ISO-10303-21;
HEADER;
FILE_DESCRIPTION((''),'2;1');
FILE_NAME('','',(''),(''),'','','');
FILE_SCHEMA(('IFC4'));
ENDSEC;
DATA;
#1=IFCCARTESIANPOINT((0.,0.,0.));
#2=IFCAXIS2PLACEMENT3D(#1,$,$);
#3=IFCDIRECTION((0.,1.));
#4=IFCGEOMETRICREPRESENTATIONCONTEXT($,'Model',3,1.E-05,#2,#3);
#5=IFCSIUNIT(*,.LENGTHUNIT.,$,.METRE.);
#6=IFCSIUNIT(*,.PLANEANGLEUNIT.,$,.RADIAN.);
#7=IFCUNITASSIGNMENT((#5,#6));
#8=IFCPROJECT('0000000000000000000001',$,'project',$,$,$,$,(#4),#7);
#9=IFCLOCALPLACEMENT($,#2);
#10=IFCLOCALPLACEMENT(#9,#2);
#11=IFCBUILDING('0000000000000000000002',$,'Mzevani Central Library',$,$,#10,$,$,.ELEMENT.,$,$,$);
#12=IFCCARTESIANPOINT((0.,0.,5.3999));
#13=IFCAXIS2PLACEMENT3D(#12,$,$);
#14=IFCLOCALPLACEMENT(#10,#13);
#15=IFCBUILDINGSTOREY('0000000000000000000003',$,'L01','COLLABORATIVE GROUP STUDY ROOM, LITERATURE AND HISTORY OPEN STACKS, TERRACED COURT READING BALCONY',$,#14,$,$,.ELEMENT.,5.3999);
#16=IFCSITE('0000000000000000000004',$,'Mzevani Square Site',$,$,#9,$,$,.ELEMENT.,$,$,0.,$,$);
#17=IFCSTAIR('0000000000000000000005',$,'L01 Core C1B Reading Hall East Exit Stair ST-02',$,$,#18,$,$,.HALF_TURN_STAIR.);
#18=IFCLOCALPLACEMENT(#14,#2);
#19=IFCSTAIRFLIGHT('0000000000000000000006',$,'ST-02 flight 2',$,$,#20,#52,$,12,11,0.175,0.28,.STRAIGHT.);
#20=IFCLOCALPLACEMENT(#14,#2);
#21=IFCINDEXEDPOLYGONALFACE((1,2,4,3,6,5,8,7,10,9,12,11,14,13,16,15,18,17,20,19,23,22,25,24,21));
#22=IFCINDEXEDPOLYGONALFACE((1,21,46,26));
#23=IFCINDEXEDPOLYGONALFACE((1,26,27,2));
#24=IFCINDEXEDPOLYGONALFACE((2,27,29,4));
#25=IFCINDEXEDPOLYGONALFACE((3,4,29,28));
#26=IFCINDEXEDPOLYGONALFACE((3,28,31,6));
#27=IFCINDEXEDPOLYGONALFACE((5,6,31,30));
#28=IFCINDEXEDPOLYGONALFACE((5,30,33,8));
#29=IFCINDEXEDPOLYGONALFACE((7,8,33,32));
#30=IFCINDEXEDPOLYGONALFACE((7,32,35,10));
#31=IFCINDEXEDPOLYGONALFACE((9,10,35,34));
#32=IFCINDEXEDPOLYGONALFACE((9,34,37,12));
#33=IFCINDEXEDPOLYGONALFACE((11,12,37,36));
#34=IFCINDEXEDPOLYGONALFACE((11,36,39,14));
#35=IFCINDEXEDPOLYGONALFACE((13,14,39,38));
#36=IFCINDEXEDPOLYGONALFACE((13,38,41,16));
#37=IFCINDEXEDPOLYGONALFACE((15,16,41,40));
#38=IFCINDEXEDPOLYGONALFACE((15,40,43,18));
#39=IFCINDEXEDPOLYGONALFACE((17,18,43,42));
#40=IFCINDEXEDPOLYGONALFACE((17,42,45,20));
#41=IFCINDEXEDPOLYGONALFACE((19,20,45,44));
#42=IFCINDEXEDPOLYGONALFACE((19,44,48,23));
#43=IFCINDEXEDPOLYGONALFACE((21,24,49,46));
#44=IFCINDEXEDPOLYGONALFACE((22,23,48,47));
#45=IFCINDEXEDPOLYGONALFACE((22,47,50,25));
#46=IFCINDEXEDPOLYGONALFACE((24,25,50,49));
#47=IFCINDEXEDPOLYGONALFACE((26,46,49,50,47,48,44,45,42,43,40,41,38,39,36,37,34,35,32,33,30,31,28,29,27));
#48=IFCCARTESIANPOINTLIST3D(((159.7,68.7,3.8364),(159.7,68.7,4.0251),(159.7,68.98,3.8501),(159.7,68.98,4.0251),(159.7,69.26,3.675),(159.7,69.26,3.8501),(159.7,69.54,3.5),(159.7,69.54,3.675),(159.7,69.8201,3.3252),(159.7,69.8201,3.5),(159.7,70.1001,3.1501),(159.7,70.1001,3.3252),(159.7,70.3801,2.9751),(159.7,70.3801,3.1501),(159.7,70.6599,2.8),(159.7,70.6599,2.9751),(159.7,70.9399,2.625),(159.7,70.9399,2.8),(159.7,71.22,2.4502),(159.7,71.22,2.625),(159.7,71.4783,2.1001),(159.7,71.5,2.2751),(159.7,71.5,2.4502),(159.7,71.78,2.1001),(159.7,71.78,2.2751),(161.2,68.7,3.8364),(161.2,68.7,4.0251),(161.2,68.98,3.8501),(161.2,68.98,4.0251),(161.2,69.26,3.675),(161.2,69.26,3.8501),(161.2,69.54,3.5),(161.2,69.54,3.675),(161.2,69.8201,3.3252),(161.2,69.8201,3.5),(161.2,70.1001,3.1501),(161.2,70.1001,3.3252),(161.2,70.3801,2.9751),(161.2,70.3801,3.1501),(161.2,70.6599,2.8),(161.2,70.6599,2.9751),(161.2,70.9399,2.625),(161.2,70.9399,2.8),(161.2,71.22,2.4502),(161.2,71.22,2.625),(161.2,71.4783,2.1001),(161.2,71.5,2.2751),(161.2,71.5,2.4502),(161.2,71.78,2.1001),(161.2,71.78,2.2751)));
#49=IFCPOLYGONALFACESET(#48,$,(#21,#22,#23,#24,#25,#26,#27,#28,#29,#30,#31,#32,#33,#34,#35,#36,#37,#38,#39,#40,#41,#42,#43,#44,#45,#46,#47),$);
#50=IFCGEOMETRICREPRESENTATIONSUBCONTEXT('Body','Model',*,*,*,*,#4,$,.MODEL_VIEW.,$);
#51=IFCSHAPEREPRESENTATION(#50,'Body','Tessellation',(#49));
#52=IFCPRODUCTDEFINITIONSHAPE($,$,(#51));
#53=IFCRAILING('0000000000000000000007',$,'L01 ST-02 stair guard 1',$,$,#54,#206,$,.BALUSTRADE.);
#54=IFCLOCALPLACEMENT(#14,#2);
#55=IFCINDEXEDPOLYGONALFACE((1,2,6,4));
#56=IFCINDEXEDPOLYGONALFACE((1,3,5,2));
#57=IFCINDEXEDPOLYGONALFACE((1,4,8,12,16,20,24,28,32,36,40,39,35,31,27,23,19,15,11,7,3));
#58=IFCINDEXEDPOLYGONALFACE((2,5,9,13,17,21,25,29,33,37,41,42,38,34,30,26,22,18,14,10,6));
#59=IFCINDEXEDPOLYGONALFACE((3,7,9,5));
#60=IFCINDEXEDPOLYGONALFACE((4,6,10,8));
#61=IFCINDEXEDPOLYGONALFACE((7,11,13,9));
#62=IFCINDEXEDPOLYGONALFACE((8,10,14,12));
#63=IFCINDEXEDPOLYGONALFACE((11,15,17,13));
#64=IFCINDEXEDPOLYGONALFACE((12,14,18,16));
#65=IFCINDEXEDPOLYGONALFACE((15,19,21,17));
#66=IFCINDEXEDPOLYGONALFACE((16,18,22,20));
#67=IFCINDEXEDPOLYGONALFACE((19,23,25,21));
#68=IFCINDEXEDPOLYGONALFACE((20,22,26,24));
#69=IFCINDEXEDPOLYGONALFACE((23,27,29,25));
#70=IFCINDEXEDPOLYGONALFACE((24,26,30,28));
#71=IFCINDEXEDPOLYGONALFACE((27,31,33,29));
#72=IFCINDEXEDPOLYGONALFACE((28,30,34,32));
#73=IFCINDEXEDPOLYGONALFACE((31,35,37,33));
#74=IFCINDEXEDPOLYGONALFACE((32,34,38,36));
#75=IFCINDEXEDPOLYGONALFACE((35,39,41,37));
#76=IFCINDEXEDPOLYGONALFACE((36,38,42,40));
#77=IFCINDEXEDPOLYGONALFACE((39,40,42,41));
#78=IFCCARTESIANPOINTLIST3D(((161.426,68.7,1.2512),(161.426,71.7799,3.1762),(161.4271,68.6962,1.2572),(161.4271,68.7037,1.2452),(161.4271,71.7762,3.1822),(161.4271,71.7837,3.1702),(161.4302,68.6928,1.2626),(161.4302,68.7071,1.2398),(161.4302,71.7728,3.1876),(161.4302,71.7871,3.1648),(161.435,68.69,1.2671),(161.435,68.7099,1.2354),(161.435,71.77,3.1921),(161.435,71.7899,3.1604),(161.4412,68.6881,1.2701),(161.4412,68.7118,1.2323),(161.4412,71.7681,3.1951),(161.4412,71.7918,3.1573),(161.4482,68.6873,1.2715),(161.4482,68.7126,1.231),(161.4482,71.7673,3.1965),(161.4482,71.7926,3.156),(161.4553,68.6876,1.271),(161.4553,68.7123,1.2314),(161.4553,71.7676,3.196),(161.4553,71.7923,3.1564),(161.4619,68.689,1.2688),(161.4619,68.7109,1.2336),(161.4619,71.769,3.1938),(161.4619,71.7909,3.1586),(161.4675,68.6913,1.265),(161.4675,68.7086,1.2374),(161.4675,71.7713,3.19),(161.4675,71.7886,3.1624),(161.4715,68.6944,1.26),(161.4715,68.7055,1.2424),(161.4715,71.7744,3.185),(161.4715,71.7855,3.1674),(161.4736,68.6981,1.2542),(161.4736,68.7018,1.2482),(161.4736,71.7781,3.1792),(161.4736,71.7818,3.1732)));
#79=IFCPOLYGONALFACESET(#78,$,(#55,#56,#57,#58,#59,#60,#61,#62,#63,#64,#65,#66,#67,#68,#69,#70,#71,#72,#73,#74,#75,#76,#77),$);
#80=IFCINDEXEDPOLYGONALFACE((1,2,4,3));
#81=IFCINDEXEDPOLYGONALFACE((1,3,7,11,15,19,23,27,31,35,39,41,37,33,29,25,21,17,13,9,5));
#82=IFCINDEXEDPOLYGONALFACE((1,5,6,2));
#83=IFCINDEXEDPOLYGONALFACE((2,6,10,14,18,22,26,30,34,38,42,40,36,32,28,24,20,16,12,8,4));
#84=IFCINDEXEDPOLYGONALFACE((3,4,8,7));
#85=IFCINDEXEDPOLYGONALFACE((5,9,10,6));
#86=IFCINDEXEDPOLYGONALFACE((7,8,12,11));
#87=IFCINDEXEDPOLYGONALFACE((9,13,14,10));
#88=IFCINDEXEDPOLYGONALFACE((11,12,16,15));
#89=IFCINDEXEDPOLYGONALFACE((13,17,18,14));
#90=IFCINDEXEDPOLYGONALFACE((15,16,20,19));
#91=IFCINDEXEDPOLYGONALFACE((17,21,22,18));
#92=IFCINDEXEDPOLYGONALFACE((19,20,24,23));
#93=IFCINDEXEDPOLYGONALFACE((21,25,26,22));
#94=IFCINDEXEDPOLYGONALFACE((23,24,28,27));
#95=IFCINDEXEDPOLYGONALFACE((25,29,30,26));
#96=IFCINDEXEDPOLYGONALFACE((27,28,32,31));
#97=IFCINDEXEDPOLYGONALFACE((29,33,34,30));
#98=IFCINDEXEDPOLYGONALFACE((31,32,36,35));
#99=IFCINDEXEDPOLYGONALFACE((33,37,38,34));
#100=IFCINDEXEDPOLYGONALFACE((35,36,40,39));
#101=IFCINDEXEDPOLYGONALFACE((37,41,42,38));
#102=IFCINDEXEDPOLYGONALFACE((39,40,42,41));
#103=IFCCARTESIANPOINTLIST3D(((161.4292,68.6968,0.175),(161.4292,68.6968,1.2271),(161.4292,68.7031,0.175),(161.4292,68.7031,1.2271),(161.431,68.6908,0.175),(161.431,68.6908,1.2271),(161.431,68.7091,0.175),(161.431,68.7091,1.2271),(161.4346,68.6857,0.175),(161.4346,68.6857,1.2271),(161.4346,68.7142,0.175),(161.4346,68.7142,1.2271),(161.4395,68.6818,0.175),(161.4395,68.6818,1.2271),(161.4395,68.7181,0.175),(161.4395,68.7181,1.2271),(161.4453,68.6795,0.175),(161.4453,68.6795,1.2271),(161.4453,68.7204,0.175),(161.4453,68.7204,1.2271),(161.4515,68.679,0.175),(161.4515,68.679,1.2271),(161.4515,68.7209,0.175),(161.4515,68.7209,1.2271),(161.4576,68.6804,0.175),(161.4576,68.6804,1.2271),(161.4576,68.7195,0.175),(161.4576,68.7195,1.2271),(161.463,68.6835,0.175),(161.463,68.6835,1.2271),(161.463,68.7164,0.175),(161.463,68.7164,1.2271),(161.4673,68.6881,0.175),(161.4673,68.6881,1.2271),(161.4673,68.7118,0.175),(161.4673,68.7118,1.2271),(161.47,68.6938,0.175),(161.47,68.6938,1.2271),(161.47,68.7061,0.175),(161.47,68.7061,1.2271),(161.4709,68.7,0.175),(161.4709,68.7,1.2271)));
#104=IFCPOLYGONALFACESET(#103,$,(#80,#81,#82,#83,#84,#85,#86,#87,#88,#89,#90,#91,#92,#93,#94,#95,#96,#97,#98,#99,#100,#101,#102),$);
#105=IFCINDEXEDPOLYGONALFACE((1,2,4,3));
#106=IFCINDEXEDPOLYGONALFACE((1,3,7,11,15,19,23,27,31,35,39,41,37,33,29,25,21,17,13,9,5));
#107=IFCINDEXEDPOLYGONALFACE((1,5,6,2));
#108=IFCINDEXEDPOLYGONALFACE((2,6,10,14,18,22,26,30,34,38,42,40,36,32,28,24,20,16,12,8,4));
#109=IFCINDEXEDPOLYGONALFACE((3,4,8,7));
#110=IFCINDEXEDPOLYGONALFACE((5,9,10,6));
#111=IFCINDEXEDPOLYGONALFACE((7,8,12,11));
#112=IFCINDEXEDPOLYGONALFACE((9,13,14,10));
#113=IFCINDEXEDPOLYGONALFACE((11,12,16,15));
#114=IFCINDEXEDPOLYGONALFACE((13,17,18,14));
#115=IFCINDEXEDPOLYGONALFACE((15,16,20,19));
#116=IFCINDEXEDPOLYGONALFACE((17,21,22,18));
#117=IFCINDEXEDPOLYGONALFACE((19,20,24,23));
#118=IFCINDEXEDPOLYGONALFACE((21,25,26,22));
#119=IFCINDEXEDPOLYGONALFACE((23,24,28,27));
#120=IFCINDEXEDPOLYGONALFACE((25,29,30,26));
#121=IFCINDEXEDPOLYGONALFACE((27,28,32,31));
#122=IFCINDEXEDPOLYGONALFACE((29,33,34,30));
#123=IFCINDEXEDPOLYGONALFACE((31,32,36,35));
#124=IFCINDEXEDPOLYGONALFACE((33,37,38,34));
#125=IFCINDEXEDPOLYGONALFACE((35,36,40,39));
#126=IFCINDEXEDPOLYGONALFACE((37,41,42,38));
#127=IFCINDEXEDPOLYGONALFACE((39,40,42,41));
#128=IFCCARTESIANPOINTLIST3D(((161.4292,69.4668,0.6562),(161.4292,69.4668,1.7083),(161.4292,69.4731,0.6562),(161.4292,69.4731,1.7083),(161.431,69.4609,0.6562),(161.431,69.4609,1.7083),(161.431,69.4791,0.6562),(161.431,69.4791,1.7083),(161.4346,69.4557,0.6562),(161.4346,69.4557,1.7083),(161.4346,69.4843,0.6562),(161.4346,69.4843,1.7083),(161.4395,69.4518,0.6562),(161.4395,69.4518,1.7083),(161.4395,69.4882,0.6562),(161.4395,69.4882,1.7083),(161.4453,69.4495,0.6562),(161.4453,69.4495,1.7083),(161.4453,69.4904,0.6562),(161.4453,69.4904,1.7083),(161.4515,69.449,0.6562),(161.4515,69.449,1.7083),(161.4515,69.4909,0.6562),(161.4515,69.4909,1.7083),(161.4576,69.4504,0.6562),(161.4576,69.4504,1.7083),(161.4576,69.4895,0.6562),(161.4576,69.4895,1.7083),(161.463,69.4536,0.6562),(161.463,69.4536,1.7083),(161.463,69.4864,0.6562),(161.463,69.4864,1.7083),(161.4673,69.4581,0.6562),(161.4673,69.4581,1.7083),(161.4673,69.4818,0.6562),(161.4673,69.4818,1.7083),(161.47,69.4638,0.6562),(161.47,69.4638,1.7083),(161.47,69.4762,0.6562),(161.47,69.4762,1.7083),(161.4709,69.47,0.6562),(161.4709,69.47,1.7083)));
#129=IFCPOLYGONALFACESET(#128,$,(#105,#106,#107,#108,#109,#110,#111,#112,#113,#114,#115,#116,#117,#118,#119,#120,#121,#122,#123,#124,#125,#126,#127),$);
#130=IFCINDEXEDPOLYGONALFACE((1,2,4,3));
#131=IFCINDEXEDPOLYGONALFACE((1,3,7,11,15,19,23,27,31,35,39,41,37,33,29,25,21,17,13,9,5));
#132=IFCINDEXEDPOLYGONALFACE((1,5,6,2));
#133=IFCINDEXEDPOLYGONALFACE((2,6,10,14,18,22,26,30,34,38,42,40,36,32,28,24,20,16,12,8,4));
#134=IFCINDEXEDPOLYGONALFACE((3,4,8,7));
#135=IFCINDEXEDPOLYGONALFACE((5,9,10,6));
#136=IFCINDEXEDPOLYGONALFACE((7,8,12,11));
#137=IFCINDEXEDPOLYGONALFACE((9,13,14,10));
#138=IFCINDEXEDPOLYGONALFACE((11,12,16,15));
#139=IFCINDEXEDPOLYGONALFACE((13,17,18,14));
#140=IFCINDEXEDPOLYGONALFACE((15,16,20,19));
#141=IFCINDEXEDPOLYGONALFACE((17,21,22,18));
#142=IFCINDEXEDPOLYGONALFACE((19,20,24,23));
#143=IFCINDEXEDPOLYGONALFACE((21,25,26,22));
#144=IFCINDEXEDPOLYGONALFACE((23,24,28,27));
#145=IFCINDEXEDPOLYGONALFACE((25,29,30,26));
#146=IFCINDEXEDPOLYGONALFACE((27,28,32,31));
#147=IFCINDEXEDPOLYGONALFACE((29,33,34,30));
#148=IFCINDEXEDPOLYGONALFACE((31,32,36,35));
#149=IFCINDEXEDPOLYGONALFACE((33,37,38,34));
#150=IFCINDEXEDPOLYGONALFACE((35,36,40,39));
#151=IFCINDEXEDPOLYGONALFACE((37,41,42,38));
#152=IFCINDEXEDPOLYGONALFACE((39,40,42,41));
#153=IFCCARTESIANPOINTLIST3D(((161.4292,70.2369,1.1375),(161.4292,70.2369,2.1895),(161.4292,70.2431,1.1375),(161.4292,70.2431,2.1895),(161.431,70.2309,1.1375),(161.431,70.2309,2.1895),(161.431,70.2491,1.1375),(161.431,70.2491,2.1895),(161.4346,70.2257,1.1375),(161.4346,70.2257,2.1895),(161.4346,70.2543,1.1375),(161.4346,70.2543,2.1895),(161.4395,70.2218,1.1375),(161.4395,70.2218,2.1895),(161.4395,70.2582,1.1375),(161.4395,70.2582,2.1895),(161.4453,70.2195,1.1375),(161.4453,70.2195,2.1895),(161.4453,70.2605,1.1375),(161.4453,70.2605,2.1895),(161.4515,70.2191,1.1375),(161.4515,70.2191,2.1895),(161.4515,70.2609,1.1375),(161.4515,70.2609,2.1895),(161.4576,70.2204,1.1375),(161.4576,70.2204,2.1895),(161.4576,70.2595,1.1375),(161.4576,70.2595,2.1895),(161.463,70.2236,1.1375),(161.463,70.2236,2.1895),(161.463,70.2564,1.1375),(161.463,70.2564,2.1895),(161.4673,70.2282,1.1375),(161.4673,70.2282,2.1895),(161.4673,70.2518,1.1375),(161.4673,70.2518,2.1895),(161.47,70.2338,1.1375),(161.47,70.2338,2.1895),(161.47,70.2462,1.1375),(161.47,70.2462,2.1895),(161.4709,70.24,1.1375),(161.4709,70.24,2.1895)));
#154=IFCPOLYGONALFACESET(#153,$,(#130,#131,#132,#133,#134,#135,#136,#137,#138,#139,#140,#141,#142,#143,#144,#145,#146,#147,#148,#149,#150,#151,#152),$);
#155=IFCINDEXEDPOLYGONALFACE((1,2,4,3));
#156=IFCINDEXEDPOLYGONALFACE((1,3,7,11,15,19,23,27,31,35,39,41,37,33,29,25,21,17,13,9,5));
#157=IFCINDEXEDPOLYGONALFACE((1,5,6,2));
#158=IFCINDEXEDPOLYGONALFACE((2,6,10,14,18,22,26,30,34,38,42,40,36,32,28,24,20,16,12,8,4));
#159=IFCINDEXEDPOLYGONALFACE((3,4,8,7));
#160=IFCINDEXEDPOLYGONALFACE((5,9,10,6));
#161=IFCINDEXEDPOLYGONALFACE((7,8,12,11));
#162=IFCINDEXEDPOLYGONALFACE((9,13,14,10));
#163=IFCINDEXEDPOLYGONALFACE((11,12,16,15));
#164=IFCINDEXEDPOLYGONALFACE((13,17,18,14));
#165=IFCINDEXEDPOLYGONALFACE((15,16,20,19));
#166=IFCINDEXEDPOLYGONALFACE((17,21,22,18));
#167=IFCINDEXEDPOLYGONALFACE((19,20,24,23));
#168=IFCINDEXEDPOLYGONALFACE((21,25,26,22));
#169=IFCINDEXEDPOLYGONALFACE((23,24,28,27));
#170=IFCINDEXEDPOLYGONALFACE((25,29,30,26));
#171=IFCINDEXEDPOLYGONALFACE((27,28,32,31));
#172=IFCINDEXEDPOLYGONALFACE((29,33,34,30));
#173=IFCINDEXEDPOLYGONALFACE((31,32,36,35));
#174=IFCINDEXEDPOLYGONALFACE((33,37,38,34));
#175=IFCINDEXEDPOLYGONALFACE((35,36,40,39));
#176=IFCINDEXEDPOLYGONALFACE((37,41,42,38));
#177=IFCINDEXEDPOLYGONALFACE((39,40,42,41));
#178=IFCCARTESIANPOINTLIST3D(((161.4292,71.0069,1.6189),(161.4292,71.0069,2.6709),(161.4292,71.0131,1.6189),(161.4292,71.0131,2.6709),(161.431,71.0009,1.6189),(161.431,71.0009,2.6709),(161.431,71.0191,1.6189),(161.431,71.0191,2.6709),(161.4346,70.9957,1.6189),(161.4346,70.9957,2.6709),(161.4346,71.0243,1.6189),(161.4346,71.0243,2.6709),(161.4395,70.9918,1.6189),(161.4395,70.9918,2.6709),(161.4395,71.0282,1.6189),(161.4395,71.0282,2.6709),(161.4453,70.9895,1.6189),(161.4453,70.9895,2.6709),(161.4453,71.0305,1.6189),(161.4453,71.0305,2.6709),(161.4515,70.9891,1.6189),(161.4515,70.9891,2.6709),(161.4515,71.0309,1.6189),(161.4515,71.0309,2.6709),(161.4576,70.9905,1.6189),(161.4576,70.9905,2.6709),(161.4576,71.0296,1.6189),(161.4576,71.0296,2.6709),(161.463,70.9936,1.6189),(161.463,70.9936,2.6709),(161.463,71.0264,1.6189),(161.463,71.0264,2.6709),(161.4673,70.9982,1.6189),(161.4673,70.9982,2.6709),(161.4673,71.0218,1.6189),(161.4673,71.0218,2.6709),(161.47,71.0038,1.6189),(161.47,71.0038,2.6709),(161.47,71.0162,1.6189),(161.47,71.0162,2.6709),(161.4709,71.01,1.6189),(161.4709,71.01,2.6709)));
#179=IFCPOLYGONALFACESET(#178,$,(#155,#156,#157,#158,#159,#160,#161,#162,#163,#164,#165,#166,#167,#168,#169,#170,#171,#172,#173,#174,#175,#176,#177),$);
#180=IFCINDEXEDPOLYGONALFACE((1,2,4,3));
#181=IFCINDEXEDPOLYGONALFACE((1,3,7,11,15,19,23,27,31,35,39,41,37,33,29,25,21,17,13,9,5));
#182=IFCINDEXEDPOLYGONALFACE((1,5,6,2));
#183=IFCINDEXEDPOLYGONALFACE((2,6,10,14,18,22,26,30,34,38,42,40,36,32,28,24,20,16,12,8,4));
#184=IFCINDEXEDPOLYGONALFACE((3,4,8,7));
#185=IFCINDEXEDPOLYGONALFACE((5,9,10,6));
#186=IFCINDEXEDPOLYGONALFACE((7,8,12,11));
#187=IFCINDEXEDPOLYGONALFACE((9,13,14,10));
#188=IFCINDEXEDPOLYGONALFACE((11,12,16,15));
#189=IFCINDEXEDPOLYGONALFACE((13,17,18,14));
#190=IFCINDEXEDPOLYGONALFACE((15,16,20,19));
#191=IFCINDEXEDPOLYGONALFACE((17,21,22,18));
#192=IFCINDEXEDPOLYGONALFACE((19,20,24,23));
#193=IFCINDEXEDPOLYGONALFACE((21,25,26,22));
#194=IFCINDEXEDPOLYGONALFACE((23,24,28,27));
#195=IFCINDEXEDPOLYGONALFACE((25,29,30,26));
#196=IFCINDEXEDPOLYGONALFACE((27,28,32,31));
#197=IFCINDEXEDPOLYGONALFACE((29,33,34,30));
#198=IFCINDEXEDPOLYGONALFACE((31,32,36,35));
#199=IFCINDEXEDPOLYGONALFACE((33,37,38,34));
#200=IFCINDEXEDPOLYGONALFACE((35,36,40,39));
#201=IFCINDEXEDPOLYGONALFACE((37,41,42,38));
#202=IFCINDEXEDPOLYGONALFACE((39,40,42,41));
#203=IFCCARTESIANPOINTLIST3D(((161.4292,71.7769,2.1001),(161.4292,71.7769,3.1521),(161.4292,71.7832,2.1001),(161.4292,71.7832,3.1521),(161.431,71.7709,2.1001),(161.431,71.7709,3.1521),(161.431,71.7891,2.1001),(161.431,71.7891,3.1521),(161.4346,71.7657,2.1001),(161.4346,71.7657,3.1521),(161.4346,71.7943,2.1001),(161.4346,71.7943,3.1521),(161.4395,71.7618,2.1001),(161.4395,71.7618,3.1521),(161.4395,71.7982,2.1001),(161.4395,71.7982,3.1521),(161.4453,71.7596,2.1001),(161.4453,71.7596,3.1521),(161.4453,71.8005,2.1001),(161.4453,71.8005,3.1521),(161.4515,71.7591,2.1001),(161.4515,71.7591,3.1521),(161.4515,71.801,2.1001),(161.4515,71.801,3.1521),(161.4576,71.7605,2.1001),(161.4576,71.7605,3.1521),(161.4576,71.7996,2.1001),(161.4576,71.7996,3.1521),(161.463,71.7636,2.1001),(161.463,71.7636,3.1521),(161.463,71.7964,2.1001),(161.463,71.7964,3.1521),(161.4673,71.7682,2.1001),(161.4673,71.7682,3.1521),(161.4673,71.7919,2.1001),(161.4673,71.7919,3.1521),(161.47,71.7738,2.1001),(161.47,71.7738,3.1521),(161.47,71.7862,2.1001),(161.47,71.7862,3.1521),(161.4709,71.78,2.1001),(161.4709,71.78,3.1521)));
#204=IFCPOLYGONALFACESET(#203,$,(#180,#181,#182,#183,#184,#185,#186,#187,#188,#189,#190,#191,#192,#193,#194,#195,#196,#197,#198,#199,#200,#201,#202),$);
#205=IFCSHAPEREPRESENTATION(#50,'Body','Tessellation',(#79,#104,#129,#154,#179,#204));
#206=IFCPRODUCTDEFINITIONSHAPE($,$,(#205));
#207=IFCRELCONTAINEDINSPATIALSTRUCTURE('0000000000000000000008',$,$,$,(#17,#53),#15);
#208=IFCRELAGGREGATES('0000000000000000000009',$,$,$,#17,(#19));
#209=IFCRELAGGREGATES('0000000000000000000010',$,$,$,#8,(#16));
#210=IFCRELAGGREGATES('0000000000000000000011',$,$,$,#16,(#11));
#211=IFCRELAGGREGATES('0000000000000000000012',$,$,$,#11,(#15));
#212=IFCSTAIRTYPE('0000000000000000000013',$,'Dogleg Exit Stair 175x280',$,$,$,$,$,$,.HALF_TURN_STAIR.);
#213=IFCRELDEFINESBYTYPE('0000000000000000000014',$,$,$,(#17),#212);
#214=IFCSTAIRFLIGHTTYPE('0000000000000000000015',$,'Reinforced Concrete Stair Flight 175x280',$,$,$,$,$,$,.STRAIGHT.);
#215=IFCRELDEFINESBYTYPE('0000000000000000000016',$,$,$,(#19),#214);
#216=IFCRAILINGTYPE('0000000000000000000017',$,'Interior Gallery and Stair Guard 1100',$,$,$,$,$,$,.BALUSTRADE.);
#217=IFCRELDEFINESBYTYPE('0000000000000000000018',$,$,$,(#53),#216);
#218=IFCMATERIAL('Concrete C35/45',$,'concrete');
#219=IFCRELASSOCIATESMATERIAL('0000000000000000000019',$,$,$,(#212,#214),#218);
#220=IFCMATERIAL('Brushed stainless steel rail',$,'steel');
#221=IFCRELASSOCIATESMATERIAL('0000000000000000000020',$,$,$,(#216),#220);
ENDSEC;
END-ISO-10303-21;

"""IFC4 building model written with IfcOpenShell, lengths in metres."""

from ifc_helpers import new_model, si_unit, direction, frame, origin, origin_2d, place, context, subcontext, project, spatial, polyline, circle, outline, extrude, material, type_object, element, aggregate, save


model = new_model("IFC4")

# Units and contexts
model_context = context("Model", 3, precision=1e-05, world=origin(), true_north=direction((0.0, 1.0)))
body_context = subcontext(model_context, "Body", "Model", "MODEL_VIEW")
ifc_project = project(units=[si_unit("LENGTHUNIT", "METRE"), si_unit("PLANEANGLEUNIT", "RADIAN")], contexts=[model_context])

# Site, building, storey
site_placement = place(None, origin())
site = spatial("IfcSite", under=ifc_project, at=site_placement, Name="Mzevani Square Site", CompositionType="ELEMENT", RefElevation=0.0)
building_placement = place(site_placement, origin())
building = spatial("IfcBuilding", under=site, at=building_placement, Name="Mzevani Central Library", CompositionType="ELEMENT")
storey_placement = place(building_placement, frame((0.0, 0.0, 5.3999)))
storey = spatial("IfcBuildingStorey", under=building, at=storey_placement, Name="L01", Description="COLLABORATIVE GROUP STUDY ROOM, LITERATURE AND HISTORY OPEN STACKS, TERRACED COURT READING BALCONY", CompositionType="ELEMENT", Elevation=5.3999)

# Shared definitions
ifc_material_1 = material(Name="Concrete C35/45", Category="concrete")

# Stair, stair flight
stair_type = type_object("IfcStairType", Name="Dogleg Exit Stair 175x280", PredefinedType="HALF_TURN_STAIR", material=ifc_material_1)
stair_placement = place(storey_placement, origin())
stair = element("IfcStair", 1, at=stair_placement, inside=storey, type_object=stair_type, Name="L01 Core C1B Reading Hall East Exit Stair ST-02", PredefinedType="HALF_TURN_STAIR")
stair_flight_type = type_object("IfcStairFlightType", Name="Reinforced Concrete Stair Flight 175x280", PredefinedType="STRAIGHT", material=ifc_material_1)
stair_flight_1_placement = place(storey_placement, frame((160.45, 71.78, 2.1001), z_axis=(0.0, 0.0, 1.0), x_axis=(0.0, -1.0, 0.0)))
stair_flight_1 = element("IfcStairFlight", 2, at=stair_flight_1_placement, type_object=stair_flight_type, Name="ST-02 flight 2", NumberOfRisers=12, NumberOfTreads=11, PredefinedType="STRAIGHT", RiserHeight=0.175, TreadLength=0.28, context=body_context, shape_type="SweptSolid", body=[
    extrude(outline(polyline([(0.0, 0.0), (0.0, 0.175), (0.28, 0.175), (0.28, 0.3501), (0.5601, 0.3501), (0.5601, 0.5249), (0.8401, 0.5249), (0.8401, 0.7), (1.1201, 0.7), (1.1201, 0.875), (1.3999, 0.875), (1.3999, 1.05), (1.6799, 1.05), (1.6799, 1.2251), (1.96, 1.2251), (1.96, 1.3999), (2.24, 1.3999), (2.24, 1.575), (2.52, 1.575), (2.52, 1.75), (2.8, 1.75), (2.8, 1.925), (3.0801, 1.925), (3.0801, 2.1001), (3.0801, 1.7363), (0.3018, 0.0), (0.0, 0.0)])), frame((0.0, 0.75, 0.0), z_axis=(0.0, -1.0, 0.0), x_axis=(1.0, 0.0, 0.0)), (0.0, 0.0, 1.0), 1.5),
])
aggregate(stair, [stair_flight_1])

# Railing
ifc_material_2 = material(Name="Brushed stainless steel rail", Category="steel")
railing_type_1 = type_object("IfcRailingType", Name="Interior Gallery and Stair Guard 1100", PredefinedType="BALUSTRADE", material=ifc_material_2)
railing_1_placement = place(storey_placement, frame((161.45, 68.7, 0.175)))
element("IfcRailing", 3, at=railing_1_placement, inside=storey, type_object=railing_type_1, Name="L01 ST-02 stair guard 1", PredefinedType="BALUSTRADE", context=body_context, shape_type="SweptSolid", body=[
    extrude(circle(Radius=0.0239, at=origin_2d()), frame((0.0, 0.0, 1.0762), z_axis=(0.0, 0.847998, 0.529999), x_axis=(-1.0, 0.0, 0.0)), (0.0, 0.0, 1.0), 3.6321),
    extrude(circle(Radius=0.021, at=origin_2d()), origin(), (0.0, 0.0, 1.0), 1.052),
    extrude(circle(Radius=0.021, at=origin_2d()), frame((0.0, 0.77, 0.4812)), (0.0, 0.0, 1.0), 1.052),
    extrude(circle(Radius=0.021, at=origin_2d()), frame((0.0, 1.54, 0.9624)), (0.0, 0.0, 1.0), 1.052),
    extrude(circle(Radius=0.021, at=origin_2d()), frame((0.0, 2.3101, 1.4438)), (0.0, 0.0, 1.0), 1.052),
    extrude(circle(Radius=0.021, at=origin_2d()), frame((0.0, 3.0801, 1.925)), (0.0, 0.0, 1.0), 1.052),
])

save(model, "model.ifc")
